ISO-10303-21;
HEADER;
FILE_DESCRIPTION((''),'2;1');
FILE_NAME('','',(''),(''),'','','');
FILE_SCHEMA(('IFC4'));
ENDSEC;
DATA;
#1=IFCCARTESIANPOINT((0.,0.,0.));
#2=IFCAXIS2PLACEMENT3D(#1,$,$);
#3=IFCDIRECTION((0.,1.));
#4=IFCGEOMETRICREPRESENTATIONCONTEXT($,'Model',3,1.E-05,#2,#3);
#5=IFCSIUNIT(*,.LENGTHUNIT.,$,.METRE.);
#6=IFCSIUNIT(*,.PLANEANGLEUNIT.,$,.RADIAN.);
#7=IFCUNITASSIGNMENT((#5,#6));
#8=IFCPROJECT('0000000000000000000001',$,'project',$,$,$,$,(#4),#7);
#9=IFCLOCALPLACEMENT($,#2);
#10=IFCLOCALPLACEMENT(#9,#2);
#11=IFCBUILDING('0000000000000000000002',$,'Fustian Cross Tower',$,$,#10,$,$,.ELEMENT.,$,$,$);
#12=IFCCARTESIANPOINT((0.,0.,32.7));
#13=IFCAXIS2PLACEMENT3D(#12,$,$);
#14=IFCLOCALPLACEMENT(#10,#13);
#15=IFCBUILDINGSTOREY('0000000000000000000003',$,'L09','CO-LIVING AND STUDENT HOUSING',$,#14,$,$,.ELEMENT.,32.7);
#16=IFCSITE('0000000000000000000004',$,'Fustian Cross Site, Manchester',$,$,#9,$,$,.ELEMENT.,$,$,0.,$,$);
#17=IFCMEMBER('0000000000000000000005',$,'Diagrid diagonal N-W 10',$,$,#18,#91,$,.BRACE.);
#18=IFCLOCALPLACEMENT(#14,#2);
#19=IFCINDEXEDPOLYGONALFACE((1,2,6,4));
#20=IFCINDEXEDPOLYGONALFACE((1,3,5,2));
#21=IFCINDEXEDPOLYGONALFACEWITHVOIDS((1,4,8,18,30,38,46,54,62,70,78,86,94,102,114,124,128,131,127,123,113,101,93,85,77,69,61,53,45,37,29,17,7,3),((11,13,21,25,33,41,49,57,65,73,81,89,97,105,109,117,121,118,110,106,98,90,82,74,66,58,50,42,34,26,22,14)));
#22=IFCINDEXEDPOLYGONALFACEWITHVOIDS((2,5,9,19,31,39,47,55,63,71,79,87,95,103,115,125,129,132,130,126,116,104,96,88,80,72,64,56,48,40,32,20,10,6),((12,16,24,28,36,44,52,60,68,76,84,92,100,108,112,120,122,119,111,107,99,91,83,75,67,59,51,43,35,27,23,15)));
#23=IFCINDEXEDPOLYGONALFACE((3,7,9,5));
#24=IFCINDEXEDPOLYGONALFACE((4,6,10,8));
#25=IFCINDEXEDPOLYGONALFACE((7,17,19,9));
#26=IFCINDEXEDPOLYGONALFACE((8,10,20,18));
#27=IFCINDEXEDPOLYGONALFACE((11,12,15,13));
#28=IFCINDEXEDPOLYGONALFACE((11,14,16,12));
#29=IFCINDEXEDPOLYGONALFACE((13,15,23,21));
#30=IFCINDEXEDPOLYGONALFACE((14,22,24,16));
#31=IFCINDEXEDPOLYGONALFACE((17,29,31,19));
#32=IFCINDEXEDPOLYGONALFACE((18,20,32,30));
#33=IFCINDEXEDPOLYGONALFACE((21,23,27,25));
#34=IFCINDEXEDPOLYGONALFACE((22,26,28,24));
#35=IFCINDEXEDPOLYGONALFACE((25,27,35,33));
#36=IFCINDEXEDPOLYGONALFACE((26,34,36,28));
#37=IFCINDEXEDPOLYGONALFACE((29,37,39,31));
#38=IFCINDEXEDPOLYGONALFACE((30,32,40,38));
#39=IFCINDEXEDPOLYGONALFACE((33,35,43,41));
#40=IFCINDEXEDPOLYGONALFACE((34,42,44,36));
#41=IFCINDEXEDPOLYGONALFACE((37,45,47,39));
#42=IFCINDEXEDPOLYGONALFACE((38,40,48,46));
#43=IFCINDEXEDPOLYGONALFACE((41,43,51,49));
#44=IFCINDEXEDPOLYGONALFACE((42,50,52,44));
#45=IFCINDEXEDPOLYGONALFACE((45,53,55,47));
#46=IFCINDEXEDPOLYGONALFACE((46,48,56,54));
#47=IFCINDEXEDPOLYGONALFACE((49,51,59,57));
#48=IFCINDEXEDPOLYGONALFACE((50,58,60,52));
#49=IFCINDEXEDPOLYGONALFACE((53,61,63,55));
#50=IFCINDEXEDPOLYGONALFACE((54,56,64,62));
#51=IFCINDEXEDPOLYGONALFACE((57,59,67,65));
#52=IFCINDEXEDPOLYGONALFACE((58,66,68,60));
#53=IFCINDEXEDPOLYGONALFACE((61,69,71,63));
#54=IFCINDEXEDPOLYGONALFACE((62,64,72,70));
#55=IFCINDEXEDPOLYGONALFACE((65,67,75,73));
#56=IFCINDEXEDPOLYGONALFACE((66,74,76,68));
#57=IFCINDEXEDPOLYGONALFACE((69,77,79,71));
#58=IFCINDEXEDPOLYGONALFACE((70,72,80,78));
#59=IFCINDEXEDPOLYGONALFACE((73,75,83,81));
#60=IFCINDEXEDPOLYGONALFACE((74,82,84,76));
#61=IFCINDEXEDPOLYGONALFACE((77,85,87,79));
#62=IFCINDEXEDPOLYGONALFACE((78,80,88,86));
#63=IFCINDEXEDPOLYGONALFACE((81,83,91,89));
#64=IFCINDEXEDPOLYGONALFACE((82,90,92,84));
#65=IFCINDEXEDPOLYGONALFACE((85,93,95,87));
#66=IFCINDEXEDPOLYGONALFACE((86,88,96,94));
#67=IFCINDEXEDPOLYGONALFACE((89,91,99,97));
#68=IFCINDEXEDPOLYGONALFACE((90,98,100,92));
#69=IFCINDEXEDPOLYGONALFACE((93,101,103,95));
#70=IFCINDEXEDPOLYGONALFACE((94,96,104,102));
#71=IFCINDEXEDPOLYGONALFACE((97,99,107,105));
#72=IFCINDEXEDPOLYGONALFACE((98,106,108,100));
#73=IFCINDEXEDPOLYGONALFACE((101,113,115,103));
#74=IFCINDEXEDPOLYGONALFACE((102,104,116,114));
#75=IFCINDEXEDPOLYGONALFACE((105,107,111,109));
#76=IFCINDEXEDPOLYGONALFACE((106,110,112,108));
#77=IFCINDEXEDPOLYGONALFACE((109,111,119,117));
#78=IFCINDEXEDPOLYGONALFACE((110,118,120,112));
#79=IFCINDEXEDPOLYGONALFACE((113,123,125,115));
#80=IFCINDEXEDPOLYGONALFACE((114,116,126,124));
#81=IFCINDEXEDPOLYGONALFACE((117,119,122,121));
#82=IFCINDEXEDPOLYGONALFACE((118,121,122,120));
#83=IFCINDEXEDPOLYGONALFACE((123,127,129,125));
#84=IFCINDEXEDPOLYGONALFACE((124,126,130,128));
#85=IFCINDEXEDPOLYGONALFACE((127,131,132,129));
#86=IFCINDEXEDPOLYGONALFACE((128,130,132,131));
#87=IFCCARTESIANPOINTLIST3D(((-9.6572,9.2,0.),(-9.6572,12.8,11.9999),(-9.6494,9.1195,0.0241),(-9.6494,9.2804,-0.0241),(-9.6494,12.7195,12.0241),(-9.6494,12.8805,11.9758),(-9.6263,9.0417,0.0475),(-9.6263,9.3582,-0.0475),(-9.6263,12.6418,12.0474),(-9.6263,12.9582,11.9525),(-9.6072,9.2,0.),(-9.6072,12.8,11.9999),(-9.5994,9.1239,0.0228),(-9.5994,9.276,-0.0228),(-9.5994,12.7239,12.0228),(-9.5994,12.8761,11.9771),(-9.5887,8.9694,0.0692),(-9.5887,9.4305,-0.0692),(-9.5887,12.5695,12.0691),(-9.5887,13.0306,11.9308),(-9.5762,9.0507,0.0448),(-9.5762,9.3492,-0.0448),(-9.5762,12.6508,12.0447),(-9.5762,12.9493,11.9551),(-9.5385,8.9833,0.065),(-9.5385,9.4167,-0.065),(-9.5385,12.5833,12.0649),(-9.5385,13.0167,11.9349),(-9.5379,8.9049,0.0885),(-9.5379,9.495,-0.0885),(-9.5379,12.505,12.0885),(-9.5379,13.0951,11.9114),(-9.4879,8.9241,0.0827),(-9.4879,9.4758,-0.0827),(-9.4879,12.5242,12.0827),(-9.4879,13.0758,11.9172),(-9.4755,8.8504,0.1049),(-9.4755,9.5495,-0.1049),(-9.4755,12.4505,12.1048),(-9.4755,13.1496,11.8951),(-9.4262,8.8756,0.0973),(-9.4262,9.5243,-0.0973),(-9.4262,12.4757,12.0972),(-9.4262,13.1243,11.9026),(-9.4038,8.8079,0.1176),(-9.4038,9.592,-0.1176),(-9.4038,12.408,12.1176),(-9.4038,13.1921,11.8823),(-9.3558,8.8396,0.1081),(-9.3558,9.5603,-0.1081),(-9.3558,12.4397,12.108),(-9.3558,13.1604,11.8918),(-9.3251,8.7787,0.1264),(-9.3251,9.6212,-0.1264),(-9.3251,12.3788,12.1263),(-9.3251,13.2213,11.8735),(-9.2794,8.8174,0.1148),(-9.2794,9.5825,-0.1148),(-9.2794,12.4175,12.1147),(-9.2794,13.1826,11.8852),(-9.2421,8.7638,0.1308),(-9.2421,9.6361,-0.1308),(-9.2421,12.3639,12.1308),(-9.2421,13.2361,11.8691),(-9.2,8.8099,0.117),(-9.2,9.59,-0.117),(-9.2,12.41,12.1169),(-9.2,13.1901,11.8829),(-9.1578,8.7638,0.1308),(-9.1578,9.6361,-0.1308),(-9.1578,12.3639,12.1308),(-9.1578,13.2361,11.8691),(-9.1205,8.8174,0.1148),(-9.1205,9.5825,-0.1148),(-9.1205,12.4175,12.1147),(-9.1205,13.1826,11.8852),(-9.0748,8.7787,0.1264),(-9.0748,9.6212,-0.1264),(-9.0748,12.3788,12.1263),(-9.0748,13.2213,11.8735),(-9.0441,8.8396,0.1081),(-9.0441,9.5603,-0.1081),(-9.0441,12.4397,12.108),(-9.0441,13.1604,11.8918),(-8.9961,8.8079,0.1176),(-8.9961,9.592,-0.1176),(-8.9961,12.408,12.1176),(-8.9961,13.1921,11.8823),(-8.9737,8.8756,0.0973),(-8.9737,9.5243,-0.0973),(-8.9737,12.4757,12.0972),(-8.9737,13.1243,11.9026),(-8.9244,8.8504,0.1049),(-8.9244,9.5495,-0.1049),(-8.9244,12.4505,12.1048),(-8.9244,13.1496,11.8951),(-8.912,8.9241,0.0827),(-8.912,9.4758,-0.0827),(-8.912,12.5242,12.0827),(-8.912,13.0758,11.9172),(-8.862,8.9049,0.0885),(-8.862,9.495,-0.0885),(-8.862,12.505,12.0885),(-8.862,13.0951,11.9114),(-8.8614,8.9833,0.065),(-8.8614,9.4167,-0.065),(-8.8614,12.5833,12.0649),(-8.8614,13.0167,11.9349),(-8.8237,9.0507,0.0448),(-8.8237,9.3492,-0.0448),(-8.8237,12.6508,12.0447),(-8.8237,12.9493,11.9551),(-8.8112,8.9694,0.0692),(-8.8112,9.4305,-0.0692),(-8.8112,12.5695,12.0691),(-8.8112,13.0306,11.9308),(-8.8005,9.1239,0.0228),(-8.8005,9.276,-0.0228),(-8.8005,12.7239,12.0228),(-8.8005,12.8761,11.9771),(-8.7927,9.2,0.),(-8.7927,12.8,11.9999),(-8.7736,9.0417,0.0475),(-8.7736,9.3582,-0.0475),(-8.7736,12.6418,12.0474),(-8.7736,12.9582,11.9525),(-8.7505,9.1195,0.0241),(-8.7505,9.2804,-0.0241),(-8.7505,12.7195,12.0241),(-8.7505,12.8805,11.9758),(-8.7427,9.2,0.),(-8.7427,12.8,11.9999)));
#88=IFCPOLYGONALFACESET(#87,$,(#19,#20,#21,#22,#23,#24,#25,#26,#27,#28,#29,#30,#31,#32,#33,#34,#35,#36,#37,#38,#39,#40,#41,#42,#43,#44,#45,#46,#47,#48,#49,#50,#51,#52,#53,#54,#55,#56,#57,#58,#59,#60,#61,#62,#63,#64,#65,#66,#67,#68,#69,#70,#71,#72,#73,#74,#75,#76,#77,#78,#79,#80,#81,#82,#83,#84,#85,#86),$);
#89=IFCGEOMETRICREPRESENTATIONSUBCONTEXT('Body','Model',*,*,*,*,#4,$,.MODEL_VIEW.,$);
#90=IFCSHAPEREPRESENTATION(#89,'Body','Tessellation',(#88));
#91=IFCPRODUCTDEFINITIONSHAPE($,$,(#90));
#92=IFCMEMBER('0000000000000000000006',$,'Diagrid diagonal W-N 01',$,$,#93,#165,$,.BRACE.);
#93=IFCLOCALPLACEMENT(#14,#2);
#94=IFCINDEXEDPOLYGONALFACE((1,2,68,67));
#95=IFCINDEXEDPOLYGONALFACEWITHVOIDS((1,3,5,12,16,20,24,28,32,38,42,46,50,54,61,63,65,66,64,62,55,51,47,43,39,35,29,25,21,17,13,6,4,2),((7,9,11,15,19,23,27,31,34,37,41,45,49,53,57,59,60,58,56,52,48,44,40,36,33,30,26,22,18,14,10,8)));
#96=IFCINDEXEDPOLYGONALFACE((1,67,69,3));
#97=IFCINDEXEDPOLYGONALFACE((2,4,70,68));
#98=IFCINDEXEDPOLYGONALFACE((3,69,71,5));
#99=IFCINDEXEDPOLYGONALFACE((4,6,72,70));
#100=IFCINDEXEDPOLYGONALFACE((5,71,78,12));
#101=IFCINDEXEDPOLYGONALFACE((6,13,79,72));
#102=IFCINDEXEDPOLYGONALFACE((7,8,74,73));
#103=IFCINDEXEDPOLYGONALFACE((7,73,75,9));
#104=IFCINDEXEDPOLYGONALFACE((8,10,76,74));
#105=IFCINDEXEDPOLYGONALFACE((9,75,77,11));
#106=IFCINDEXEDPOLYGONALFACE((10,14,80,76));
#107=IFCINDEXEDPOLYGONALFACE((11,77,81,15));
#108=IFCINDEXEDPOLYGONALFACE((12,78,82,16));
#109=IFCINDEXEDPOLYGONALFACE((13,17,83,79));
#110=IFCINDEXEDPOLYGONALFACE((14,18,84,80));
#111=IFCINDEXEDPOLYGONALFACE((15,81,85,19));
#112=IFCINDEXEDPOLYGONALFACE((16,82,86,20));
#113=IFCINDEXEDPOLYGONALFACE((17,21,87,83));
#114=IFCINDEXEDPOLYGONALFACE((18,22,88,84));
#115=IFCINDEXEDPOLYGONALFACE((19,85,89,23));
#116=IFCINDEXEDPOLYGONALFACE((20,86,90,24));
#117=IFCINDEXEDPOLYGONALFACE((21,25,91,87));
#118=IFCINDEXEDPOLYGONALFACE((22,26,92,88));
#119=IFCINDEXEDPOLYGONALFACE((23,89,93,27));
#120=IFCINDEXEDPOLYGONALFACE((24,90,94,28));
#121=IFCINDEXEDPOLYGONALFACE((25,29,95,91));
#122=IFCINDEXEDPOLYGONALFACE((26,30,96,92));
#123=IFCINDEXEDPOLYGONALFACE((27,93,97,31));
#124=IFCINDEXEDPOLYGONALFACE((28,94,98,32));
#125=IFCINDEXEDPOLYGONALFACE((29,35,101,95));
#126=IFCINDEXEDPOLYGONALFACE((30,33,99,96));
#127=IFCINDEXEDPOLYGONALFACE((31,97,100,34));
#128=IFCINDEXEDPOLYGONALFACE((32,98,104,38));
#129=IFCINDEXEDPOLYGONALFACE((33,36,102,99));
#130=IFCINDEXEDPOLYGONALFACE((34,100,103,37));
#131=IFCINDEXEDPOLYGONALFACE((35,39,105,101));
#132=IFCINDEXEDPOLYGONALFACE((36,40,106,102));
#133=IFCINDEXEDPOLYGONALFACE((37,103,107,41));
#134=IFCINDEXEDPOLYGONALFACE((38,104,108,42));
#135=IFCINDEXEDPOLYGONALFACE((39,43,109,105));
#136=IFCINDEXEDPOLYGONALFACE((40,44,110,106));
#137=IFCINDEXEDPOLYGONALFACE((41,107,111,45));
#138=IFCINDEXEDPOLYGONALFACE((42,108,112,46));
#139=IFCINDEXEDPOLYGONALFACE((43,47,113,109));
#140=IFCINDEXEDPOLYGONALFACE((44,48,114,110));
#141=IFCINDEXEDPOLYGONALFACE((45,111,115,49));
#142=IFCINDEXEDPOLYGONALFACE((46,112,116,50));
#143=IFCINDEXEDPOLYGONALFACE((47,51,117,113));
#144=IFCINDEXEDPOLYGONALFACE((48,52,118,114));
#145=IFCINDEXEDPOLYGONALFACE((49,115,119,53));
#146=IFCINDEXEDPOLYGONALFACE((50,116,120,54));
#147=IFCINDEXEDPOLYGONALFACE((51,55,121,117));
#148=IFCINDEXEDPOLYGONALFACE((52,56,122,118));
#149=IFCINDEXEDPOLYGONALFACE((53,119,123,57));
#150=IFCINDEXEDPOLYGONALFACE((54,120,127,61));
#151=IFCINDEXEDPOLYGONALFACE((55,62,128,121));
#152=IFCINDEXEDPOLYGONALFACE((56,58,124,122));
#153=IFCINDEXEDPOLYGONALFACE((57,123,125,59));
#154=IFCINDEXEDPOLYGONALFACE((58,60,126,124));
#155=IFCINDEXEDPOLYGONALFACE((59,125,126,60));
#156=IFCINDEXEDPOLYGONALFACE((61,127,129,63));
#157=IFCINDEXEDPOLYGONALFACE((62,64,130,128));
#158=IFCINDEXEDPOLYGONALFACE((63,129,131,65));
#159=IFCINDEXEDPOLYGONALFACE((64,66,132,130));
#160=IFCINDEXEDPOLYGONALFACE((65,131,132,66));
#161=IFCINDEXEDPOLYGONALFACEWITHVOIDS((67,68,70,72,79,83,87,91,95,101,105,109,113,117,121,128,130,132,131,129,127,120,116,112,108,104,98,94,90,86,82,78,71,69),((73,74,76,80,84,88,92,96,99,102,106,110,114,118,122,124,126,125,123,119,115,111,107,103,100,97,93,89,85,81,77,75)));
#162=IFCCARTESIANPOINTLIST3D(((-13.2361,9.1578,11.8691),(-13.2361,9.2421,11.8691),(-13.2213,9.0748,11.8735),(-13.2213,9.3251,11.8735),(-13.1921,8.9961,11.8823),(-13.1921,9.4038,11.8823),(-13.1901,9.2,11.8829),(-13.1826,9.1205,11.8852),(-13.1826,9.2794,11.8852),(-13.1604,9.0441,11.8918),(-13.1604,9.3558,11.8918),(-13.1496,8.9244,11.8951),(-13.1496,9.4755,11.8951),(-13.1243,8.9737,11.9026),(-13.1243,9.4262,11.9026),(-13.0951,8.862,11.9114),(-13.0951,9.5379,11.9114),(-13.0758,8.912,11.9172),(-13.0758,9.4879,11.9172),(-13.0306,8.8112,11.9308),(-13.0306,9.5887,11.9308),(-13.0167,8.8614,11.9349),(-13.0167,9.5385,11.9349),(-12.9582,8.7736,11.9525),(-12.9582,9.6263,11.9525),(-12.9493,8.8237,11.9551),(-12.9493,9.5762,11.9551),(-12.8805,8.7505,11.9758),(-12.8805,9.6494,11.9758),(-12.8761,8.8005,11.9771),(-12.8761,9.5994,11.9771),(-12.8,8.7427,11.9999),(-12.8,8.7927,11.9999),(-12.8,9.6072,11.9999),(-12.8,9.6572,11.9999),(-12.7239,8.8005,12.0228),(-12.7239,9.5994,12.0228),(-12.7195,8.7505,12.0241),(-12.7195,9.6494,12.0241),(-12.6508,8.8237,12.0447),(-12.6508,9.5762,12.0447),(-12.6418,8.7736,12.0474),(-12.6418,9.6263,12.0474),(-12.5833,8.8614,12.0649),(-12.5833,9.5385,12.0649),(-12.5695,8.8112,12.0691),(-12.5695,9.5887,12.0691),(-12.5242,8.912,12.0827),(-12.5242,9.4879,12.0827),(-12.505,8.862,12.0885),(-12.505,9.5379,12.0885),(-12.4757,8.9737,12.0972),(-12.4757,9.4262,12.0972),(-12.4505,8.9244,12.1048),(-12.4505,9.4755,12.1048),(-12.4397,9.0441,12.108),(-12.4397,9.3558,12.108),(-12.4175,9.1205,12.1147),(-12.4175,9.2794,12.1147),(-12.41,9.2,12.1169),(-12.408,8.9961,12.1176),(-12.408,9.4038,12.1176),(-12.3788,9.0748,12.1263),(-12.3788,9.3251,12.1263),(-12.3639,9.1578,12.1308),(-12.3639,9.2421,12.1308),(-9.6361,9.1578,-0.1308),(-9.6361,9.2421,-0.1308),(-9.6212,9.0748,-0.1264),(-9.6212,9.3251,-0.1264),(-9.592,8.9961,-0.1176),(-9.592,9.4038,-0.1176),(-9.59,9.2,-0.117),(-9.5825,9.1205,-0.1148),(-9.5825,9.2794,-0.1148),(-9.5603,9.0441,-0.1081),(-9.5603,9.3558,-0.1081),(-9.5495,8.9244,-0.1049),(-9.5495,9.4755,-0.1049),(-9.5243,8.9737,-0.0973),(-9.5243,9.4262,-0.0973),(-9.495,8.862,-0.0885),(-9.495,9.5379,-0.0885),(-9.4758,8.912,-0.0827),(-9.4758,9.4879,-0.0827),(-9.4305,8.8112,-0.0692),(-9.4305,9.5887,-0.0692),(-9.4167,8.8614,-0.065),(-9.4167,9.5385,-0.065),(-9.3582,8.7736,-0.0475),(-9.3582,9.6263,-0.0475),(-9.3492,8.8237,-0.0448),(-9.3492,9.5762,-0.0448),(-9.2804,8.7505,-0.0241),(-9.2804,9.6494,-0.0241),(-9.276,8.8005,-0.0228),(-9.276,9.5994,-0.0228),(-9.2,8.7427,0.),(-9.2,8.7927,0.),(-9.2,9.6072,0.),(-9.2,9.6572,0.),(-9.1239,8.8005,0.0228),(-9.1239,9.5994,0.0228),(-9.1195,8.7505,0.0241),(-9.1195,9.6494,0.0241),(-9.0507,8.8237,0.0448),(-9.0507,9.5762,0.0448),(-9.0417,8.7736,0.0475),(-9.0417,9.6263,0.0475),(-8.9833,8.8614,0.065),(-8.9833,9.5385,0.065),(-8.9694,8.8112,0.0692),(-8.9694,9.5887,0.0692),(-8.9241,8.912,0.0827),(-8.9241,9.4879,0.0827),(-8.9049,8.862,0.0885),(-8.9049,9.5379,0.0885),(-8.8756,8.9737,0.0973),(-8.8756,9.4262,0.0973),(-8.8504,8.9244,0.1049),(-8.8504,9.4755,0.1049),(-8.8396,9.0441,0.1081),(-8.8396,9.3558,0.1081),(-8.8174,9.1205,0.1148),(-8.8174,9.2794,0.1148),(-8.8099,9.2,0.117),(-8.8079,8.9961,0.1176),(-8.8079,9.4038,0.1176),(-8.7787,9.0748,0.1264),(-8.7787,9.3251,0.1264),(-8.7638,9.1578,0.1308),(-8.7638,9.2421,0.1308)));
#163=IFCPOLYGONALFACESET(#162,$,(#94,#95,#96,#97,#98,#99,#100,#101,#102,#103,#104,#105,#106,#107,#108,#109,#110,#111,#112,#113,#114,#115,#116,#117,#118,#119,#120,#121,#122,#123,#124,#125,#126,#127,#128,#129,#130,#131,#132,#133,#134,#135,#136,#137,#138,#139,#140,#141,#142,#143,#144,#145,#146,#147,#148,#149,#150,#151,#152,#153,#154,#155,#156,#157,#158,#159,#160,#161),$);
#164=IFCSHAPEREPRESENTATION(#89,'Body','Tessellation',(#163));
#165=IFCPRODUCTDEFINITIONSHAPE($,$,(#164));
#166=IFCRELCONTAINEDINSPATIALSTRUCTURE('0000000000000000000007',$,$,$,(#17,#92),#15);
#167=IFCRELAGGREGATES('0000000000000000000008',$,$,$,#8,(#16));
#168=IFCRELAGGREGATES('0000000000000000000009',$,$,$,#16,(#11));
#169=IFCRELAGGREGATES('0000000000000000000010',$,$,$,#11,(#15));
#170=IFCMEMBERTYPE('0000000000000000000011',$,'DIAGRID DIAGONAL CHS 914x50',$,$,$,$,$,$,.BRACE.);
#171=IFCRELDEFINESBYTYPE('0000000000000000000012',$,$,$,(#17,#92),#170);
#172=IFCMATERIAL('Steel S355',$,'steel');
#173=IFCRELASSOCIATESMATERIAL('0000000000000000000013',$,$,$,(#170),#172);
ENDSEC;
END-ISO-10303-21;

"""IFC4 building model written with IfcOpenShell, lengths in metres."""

from ifc_helpers import new_model, si_unit, direction, frame, origin, origin_2d, place, context, subcontext, project, spatial, hollow_circle, extrude, material, material_profile, profile_set, type_object, element, save


model = new_model("IFC4")

# Units and contexts
model_context = context("Model", 3, precision=1e-05, world=origin(), true_north=direction((0.0, 1.0)))
body_context = subcontext(model_context, "Body", "Model", "MODEL_VIEW")
ifc_project = project(units=[si_unit("LENGTHUNIT", "METRE"), si_unit("PLANEANGLEUNIT", "RADIAN")], contexts=[model_context])

# Site, building, storey
site_placement = place(None, origin())
site = spatial("IfcSite", under=ifc_project, at=site_placement, Name="Fustian Cross Site, Manchester", CompositionType="ELEMENT", RefElevation=0.0)
building_placement = place(site_placement, origin())
building = spatial("IfcBuilding", under=site, at=building_placement, Name="Fustian Cross Tower", CompositionType="ELEMENT")
storey_placement = place(building_placement, frame((0.0, 0.0, 32.7)))
storey = spatial("IfcBuildingStorey", under=building, at=storey_placement, Name="L09", Description="CO-LIVING AND STUDENT HOUSING", CompositionType="ELEMENT", Elevation=32.7)

# Members
ifc_material_1 = material(Name="Steel S355", Category="steel")
ifc_material_profile_1 = material_profile(ifc_material_1, hollow_circle(Radius=0.4573, WallThickness=0.05, at=origin_2d()), Name="CHS 914x50")
ifc_profile_set_1 = profile_set([ifc_material_profile_1], Name="Steel S355")
member_type_1 = type_object("IfcMemberType", Name="DIAGRID DIAGONAL CHS 914x50", PredefinedType="BRACE", material=ifc_profile_set_1)
for number, where, z_axis, x_axis, name in (
    (1, (-9.2, 9.2, 0.0), (0.0, 0.287355, 0.957824), (-1.0, 0.0, 0.0), "Diagrid diagonal N-W 10"),
    (2, (-9.2, 9.2, 0.0), (-0.287355, 0.0, 0.957824), (0.0, -1.0, 0.0), "Diagrid diagonal W-N 01"),
):
    element("IfcMember", number, at=place(storey_placement, frame(where, z_axis=z_axis, x_axis=x_axis)), inside=storey, type_object=member_type_1, Name=name, PredefinedType="BRACE", context=body_context, shape_type="SweptSolid", body=[
        extrude(hollow_circle(Radius=0.4573, WallThickness=0.05, at=origin_2d()), origin(), (0.0, 0.0, 1.0), 12.5283),
    ])

save(model, "model.ifc")
